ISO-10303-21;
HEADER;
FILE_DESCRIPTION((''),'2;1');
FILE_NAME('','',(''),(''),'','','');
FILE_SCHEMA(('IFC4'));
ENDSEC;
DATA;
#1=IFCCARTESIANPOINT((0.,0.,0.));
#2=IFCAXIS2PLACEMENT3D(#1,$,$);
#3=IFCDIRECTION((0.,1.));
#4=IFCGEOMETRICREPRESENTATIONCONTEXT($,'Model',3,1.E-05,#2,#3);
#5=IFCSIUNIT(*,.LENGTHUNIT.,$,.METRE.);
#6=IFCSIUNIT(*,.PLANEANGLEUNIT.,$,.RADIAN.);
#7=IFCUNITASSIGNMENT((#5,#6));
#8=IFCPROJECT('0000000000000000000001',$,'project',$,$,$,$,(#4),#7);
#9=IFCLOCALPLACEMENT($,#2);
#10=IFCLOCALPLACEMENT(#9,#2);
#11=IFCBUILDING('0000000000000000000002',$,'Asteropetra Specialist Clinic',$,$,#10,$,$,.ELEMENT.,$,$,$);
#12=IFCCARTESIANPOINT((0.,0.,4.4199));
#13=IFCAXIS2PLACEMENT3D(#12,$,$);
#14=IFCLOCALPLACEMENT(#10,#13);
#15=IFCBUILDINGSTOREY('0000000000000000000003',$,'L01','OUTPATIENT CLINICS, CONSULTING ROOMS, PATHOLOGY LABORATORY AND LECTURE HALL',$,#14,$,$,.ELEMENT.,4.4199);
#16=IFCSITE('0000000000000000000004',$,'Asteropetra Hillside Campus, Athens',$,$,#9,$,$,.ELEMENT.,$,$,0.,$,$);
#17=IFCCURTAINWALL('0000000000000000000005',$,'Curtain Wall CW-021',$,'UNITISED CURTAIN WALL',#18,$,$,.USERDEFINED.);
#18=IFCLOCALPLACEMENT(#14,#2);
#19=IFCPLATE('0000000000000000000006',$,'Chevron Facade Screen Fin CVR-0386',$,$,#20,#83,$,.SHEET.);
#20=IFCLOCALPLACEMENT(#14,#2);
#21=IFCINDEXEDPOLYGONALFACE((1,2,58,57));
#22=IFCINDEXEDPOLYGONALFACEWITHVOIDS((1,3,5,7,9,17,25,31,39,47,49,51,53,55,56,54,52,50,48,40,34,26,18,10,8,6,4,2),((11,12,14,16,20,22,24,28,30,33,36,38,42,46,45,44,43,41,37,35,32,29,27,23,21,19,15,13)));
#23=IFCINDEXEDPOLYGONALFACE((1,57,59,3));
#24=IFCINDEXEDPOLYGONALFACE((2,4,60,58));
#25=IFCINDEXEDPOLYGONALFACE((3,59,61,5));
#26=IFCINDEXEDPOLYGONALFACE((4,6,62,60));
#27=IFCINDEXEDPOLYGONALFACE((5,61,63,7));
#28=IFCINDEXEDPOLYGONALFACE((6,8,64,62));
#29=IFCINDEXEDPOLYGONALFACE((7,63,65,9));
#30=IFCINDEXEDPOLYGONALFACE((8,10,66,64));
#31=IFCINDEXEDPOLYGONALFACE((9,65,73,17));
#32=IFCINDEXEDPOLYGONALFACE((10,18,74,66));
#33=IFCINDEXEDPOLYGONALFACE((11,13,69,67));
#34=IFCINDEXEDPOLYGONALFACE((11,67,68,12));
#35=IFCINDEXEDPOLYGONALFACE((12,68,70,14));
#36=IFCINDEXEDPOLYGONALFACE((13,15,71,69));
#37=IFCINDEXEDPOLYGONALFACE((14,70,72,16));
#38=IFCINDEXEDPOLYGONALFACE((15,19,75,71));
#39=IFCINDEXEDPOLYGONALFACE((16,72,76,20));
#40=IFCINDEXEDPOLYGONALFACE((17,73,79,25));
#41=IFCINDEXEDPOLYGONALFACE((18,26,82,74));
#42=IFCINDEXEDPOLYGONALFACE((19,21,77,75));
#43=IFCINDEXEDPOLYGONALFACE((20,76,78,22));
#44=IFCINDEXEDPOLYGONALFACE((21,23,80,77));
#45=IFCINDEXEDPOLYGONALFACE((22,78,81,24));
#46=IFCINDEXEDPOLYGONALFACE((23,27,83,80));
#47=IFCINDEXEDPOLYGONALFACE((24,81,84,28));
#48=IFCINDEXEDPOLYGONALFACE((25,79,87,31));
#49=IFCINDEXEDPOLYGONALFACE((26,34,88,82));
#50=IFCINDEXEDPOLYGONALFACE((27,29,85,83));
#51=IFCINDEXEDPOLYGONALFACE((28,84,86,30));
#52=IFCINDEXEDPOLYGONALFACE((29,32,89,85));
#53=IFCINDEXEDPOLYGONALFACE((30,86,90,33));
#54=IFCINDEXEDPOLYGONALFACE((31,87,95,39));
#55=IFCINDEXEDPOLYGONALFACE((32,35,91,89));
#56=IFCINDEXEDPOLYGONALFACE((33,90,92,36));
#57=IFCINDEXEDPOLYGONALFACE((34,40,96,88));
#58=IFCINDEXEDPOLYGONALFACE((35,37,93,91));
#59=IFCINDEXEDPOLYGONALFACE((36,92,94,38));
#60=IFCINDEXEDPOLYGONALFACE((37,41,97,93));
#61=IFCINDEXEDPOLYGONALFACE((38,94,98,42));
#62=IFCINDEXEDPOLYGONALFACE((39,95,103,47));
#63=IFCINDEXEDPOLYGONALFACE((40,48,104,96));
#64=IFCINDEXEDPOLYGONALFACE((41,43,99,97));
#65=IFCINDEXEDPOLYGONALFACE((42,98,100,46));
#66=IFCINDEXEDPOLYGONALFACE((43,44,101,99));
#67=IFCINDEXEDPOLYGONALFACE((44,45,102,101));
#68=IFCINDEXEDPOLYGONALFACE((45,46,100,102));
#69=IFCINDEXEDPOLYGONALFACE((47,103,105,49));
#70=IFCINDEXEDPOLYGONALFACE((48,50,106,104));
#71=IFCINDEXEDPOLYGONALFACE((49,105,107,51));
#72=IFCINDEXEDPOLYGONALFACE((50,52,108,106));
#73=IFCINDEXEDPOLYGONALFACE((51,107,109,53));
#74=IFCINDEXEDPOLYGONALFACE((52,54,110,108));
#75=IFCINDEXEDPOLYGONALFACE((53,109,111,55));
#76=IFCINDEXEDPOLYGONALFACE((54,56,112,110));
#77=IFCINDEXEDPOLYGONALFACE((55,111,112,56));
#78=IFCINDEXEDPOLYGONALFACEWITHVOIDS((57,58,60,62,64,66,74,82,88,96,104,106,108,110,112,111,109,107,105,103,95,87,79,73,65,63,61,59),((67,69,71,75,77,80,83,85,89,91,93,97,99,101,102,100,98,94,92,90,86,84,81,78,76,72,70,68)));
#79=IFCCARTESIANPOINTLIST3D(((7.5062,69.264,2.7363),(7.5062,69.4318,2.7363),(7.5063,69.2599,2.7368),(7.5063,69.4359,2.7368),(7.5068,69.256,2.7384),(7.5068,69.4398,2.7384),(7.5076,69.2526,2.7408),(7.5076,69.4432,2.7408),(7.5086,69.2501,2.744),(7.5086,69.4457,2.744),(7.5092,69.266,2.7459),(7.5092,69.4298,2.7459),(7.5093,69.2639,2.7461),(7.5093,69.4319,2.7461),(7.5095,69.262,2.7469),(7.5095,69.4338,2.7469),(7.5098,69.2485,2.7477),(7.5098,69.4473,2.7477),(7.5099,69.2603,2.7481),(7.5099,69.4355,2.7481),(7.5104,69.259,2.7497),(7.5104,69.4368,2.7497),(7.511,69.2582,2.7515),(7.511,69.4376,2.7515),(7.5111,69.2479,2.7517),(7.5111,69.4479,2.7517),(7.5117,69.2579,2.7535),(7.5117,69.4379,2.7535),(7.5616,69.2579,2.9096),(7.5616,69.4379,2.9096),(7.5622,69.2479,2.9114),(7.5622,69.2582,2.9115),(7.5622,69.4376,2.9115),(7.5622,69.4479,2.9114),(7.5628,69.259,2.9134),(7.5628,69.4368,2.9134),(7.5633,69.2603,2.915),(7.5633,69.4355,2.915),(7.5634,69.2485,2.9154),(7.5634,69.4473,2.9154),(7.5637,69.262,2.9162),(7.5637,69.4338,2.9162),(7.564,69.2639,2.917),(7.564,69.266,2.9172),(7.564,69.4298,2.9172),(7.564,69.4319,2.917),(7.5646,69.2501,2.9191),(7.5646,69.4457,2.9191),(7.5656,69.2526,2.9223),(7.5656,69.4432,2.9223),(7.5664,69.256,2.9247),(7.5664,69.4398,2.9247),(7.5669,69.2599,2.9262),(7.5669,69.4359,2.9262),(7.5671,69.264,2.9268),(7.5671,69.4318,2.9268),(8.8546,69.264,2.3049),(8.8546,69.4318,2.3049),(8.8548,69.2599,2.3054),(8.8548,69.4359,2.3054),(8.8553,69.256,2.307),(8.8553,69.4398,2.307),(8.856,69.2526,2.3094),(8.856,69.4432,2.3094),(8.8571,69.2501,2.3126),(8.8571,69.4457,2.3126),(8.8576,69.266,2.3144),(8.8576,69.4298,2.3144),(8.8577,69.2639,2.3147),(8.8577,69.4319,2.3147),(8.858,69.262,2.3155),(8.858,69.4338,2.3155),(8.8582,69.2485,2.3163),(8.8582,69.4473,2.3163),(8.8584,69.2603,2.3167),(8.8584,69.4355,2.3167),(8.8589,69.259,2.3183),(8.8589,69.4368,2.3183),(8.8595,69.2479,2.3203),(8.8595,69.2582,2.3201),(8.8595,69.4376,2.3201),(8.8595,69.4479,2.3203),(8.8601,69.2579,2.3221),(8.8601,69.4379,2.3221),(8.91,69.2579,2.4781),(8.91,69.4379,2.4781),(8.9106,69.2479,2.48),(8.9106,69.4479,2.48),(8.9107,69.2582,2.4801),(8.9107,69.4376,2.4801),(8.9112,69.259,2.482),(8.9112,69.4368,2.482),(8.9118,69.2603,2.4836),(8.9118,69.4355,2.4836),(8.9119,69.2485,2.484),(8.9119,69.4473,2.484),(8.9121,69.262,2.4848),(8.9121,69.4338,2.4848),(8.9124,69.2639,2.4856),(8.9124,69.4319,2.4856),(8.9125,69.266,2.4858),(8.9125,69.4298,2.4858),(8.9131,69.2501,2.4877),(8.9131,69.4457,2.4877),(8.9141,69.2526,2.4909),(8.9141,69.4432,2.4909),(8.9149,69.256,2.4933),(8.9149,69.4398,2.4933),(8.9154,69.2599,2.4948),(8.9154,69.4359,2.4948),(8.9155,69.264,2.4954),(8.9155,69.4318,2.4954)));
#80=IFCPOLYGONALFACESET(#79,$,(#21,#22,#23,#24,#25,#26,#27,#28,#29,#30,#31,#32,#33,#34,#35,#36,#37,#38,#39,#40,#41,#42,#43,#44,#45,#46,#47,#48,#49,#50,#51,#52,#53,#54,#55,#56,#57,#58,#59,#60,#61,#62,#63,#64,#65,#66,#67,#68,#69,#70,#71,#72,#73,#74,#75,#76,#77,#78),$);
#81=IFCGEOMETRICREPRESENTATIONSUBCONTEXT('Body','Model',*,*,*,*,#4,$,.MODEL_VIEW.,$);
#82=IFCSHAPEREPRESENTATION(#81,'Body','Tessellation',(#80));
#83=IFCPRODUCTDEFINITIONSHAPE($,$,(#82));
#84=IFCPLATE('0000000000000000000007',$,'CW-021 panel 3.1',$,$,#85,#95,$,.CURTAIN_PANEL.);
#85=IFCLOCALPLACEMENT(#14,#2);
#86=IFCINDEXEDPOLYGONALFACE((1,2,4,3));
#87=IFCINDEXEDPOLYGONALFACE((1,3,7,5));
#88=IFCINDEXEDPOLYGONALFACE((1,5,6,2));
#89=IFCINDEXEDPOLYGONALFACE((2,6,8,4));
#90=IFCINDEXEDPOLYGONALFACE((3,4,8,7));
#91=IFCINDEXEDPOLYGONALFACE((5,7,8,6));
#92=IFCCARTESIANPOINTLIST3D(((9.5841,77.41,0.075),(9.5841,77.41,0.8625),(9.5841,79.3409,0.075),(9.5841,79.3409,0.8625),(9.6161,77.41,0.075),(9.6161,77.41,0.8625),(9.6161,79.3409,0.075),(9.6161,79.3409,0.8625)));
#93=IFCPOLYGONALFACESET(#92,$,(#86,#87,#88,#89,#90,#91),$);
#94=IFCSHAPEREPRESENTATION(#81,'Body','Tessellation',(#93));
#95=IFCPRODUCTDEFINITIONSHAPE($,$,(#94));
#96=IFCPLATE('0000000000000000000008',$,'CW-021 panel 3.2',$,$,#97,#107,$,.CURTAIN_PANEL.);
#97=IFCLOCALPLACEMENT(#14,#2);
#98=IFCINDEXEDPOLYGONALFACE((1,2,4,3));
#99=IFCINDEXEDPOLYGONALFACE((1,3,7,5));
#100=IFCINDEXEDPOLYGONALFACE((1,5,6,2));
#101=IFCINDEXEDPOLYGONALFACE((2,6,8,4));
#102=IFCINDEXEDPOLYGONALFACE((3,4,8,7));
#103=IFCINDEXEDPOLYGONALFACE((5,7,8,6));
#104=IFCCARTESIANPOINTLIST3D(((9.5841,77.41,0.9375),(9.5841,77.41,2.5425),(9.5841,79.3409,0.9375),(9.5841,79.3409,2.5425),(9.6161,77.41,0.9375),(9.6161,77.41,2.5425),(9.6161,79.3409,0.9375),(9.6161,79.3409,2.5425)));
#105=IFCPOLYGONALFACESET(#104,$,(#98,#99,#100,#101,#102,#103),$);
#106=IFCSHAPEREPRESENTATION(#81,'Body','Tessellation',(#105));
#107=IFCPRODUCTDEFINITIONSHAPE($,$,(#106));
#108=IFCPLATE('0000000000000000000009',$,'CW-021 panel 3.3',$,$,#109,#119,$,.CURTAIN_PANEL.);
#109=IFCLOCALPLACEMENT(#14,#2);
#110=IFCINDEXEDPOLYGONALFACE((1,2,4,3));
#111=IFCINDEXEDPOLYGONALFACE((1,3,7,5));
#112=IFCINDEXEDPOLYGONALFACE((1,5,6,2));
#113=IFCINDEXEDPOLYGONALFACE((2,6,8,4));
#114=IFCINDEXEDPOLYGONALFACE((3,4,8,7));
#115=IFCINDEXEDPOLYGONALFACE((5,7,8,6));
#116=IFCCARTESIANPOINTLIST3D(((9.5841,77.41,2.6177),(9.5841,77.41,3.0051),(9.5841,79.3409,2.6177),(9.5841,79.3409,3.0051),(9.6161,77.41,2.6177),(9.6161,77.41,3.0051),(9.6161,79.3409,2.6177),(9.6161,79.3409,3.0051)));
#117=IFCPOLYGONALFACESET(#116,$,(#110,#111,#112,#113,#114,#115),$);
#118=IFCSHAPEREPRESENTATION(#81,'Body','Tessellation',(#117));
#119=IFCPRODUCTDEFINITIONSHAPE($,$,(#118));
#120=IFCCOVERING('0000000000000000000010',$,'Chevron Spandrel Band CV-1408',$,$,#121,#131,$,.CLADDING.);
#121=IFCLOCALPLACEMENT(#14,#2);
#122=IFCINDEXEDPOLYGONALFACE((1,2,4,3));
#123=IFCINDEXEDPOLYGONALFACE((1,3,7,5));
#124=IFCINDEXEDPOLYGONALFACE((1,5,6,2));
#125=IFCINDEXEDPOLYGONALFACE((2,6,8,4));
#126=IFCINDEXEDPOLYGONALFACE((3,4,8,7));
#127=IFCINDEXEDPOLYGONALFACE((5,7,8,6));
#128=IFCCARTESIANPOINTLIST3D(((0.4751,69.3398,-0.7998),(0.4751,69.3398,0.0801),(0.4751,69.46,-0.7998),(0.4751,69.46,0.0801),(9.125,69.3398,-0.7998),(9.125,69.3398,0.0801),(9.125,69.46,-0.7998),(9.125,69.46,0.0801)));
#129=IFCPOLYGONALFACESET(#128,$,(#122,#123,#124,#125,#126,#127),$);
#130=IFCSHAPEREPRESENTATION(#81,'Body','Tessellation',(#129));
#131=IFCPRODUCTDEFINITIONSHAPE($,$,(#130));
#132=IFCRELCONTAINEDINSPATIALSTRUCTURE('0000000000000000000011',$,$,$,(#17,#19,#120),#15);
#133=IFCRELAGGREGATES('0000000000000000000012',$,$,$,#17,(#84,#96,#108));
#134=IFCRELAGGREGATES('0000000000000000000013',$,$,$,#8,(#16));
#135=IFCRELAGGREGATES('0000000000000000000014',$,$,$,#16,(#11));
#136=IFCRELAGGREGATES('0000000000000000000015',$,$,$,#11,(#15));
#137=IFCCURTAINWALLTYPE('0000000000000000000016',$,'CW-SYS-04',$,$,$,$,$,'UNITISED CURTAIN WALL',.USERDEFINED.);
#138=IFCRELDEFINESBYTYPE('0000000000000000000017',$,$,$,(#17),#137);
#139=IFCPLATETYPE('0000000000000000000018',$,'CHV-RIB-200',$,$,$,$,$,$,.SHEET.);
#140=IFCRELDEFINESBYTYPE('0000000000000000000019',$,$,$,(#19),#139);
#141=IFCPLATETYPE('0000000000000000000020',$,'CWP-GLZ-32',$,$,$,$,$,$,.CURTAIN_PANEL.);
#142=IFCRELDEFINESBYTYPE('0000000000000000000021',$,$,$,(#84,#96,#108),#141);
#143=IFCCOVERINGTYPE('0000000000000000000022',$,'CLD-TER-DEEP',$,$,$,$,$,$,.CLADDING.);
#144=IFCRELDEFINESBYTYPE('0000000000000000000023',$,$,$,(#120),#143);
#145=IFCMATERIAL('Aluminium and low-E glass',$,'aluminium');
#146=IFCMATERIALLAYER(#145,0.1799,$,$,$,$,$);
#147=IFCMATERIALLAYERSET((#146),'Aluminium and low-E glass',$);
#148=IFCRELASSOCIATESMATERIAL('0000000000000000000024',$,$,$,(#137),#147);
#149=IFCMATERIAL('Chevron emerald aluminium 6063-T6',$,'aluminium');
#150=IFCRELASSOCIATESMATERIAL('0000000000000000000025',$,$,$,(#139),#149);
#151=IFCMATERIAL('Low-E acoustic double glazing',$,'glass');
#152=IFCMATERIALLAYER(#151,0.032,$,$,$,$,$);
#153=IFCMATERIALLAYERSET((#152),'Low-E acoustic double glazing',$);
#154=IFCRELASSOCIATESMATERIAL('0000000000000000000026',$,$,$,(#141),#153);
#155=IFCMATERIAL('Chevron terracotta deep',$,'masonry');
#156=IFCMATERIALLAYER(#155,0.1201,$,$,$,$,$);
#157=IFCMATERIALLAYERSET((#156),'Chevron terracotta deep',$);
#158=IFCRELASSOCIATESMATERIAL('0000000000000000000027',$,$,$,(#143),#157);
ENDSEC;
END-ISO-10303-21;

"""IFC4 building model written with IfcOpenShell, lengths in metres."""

from ifc_helpers import new_model, si_unit, direction, frame, origin, origin_2d, place, context, subcontext, project, spatial, rectangle, hollow_rectangle, extrude, material, layer, layer_set, material_profile, profile_set, type_object, element, aggregate, save


model = new_model("IFC4")

# Units and contexts
model_context = context("Model", 3, precision=1e-05, world=origin(), true_north=direction((0.0, 1.0)))
body_context = subcontext(model_context, "Body", "Model", "MODEL_VIEW")
ifc_project = project(units=[si_unit("LENGTHUNIT", "METRE"), si_unit("PLANEANGLEUNIT", "RADIAN")], contexts=[model_context])

# Site, building, storey
site_placement = place(None, origin())
site = spatial("IfcSite", under=ifc_project, at=site_placement, Name="Asteropetra Hillside Campus, Athens", CompositionType="ELEMENT", RefElevation=0.0)
building_placement = place(site_placement, origin())
building = spatial("IfcBuilding", under=site, at=building_placement, Name="Asteropetra Specialist Clinic", CompositionType="ELEMENT")
storey_placement = place(building_placement, frame((0.0, 0.0, 4.4199)))
storey = spatial("IfcBuildingStorey", under=building, at=storey_placement, Name="L01", Description="OUTPATIENT CLINICS, CONSULTING ROOMS, PATHOLOGY LABORATORY AND LECTURE HALL", CompositionType="ELEMENT", Elevation=4.4199)

# Curtain wall
ifc_material_1 = material(Name="Aluminium and low-E glass", Category="aluminium")
ifc_layer_1 = layer(ifc_material_1, 0.1799)
ifc_layer_set_1 = layer_set([ifc_layer_1], Name="Aluminium and low-E glass")
curtain_wall_type = type_object("IfcCurtainWallType", Name="CW-SYS-04", ElementType="UNITISED CURTAIN WALL", PredefinedType="USERDEFINED", material=ifc_layer_set_1)
curtain_wall_placement = place(storey_placement, origin())
curtain_wall = element("IfcCurtainWall", 1, at=curtain_wall_placement, inside=storey, type_object=curtain_wall_type, Name="Curtain Wall CW-021", ObjectType="UNITISED CURTAIN WALL", PredefinedType="USERDEFINED")

# Plate
ifc_material_2 = material(Name="Chevron emerald aluminium 6063-T6", Category="aluminium")
ifc_material_profile_1 = material_profile(ifc_material_2, hollow_rectangle(XDim=0.2, YDim=0.2, WallThickness=0.01, InnerFilletRadius=0.0081, OuterFilletRadius=0.0161, at=origin_2d()), Name="SHS 200x200x10.0")
ifc_profile_set_1 = profile_set([ifc_material_profile_1], Name="Chevron emerald aluminium 6063-T6")
plate_type_1 = type_object("IfcPlateType", Name="CHV-RIB-200", PredefinedType="SHEET", material=ifc_profile_set_1)
for number, where, z_axis, x_axis, name in (
    (2, (7.5366, 69.3479, 2.8315), (0.952442, 0.0, -0.304719), (0.0, 1.0, 0.0), "Chevron Facade Screen Fin CVR-0386"),
):
    element("IfcPlate", number, at=place(storey_placement, frame(where, z_axis=z_axis, x_axis=x_axis)), inside=storey, type_object=plate_type_1, Name=name, PredefinedType="SHEET", context=body_context, shape_type="SweptSolid", body=[
        extrude(hollow_rectangle(XDim=0.2, YDim=0.2, WallThickness=0.01, InnerFilletRadius=0.0081, OuterFilletRadius=0.0161, at=origin_2d()), origin(), (0.0, 0.0, 1.0), 1.4158),
    ])

# Plates
ifc_material_3 = material(Name="Low-E acoustic double glazing", Category="glass")
ifc_layer_2 = layer(ifc_material_3, 0.032)
ifc_layer_set_2 = layer_set([ifc_layer_2], Name="Low-E acoustic double glazing")
plate_type_2 = type_object("IfcPlateType", Name="CWP-GLZ-32", PredefinedType="CURTAIN_PANEL", material=ifc_layer_set_2)
plate_1_placement = place(storey_placement, frame((9.6001, 78.3755, 0.075), z_axis=(0.0, 0.0, 1.0), x_axis=(0.0, -1.0, 0.0)))
plate_1 = element("IfcPlate", 3, at=plate_1_placement, type_object=plate_type_2, Name="CW-021 panel 3.1", PredefinedType="CURTAIN_PANEL", context=body_context, shape_type="SweptSolid", body=[
    extrude(rectangle(XDim=1.9309, YDim=0.032, at=origin_2d()), origin(), (0.0, 0.0, 1.0), 0.7876),
])
plate_2_placement = place(storey_placement, frame((9.6001, 78.3755, 0.9375), z_axis=(0.0, 0.0, 1.0), x_axis=(0.0, -1.0, 0.0)))
plate_2 = element("IfcPlate", 4, at=plate_2_placement, type_object=plate_type_2, Name="CW-021 panel 3.2", PredefinedType="CURTAIN_PANEL", context=body_context, shape_type="SweptSolid", body=[
    extrude(rectangle(XDim=1.9309, YDim=0.032, at=origin_2d()), origin(), (0.0, 0.0, 1.0), 1.605),
])
plate_3_placement = place(storey_placement, frame((9.6001, 78.3755, 2.6177), z_axis=(0.0, 0.0, 1.0), x_axis=(0.0, -1.0, 0.0)))
plate_3 = element("IfcPlate", 5, at=plate_3_placement, type_object=plate_type_2, Name="CW-021 panel 3.3", PredefinedType="CURTAIN_PANEL", context=body_context, shape_type="SweptSolid", body=[
    extrude(rectangle(XDim=1.9309, YDim=0.032, at=origin_2d()), origin(), (0.0, 0.0, 1.0), 0.3875),
])
aggregate(curtain_wall, [plate_1, plate_2, plate_3])

# Covering
ifc_material_4 = material(Name="Chevron terracotta deep", Category="masonry")
ifc_layer_3 = layer(ifc_material_4, 0.1201)
ifc_layer_set_3 = layer_set([ifc_layer_3], Name="Chevron terracotta deep")
covering_type = type_object("IfcCoveringType", Name="CLD-TER-DEEP", PredefinedType="CLADDING", material=ifc_layer_set_3)
covering_placement = place(storey_placement, frame((4.8, 69.3999, -0.7998), z_axis=(0.0, 0.0, 1.0), x_axis=(1.0, 0.0, 0.0)))
element("IfcCovering", 6, at=covering_placement, inside=storey, type_object=covering_type, Name="Chevron Spandrel Band CV-1408", PredefinedType="CLADDING", context=body_context, shape_type="SweptSolid", body=[
    extrude(rectangle(XDim=8.6499, YDim=0.1201, at=origin_2d()), origin(), (0.0, 0.0, 1.0), 0.8799),
])

save(model, "model.ifc")
